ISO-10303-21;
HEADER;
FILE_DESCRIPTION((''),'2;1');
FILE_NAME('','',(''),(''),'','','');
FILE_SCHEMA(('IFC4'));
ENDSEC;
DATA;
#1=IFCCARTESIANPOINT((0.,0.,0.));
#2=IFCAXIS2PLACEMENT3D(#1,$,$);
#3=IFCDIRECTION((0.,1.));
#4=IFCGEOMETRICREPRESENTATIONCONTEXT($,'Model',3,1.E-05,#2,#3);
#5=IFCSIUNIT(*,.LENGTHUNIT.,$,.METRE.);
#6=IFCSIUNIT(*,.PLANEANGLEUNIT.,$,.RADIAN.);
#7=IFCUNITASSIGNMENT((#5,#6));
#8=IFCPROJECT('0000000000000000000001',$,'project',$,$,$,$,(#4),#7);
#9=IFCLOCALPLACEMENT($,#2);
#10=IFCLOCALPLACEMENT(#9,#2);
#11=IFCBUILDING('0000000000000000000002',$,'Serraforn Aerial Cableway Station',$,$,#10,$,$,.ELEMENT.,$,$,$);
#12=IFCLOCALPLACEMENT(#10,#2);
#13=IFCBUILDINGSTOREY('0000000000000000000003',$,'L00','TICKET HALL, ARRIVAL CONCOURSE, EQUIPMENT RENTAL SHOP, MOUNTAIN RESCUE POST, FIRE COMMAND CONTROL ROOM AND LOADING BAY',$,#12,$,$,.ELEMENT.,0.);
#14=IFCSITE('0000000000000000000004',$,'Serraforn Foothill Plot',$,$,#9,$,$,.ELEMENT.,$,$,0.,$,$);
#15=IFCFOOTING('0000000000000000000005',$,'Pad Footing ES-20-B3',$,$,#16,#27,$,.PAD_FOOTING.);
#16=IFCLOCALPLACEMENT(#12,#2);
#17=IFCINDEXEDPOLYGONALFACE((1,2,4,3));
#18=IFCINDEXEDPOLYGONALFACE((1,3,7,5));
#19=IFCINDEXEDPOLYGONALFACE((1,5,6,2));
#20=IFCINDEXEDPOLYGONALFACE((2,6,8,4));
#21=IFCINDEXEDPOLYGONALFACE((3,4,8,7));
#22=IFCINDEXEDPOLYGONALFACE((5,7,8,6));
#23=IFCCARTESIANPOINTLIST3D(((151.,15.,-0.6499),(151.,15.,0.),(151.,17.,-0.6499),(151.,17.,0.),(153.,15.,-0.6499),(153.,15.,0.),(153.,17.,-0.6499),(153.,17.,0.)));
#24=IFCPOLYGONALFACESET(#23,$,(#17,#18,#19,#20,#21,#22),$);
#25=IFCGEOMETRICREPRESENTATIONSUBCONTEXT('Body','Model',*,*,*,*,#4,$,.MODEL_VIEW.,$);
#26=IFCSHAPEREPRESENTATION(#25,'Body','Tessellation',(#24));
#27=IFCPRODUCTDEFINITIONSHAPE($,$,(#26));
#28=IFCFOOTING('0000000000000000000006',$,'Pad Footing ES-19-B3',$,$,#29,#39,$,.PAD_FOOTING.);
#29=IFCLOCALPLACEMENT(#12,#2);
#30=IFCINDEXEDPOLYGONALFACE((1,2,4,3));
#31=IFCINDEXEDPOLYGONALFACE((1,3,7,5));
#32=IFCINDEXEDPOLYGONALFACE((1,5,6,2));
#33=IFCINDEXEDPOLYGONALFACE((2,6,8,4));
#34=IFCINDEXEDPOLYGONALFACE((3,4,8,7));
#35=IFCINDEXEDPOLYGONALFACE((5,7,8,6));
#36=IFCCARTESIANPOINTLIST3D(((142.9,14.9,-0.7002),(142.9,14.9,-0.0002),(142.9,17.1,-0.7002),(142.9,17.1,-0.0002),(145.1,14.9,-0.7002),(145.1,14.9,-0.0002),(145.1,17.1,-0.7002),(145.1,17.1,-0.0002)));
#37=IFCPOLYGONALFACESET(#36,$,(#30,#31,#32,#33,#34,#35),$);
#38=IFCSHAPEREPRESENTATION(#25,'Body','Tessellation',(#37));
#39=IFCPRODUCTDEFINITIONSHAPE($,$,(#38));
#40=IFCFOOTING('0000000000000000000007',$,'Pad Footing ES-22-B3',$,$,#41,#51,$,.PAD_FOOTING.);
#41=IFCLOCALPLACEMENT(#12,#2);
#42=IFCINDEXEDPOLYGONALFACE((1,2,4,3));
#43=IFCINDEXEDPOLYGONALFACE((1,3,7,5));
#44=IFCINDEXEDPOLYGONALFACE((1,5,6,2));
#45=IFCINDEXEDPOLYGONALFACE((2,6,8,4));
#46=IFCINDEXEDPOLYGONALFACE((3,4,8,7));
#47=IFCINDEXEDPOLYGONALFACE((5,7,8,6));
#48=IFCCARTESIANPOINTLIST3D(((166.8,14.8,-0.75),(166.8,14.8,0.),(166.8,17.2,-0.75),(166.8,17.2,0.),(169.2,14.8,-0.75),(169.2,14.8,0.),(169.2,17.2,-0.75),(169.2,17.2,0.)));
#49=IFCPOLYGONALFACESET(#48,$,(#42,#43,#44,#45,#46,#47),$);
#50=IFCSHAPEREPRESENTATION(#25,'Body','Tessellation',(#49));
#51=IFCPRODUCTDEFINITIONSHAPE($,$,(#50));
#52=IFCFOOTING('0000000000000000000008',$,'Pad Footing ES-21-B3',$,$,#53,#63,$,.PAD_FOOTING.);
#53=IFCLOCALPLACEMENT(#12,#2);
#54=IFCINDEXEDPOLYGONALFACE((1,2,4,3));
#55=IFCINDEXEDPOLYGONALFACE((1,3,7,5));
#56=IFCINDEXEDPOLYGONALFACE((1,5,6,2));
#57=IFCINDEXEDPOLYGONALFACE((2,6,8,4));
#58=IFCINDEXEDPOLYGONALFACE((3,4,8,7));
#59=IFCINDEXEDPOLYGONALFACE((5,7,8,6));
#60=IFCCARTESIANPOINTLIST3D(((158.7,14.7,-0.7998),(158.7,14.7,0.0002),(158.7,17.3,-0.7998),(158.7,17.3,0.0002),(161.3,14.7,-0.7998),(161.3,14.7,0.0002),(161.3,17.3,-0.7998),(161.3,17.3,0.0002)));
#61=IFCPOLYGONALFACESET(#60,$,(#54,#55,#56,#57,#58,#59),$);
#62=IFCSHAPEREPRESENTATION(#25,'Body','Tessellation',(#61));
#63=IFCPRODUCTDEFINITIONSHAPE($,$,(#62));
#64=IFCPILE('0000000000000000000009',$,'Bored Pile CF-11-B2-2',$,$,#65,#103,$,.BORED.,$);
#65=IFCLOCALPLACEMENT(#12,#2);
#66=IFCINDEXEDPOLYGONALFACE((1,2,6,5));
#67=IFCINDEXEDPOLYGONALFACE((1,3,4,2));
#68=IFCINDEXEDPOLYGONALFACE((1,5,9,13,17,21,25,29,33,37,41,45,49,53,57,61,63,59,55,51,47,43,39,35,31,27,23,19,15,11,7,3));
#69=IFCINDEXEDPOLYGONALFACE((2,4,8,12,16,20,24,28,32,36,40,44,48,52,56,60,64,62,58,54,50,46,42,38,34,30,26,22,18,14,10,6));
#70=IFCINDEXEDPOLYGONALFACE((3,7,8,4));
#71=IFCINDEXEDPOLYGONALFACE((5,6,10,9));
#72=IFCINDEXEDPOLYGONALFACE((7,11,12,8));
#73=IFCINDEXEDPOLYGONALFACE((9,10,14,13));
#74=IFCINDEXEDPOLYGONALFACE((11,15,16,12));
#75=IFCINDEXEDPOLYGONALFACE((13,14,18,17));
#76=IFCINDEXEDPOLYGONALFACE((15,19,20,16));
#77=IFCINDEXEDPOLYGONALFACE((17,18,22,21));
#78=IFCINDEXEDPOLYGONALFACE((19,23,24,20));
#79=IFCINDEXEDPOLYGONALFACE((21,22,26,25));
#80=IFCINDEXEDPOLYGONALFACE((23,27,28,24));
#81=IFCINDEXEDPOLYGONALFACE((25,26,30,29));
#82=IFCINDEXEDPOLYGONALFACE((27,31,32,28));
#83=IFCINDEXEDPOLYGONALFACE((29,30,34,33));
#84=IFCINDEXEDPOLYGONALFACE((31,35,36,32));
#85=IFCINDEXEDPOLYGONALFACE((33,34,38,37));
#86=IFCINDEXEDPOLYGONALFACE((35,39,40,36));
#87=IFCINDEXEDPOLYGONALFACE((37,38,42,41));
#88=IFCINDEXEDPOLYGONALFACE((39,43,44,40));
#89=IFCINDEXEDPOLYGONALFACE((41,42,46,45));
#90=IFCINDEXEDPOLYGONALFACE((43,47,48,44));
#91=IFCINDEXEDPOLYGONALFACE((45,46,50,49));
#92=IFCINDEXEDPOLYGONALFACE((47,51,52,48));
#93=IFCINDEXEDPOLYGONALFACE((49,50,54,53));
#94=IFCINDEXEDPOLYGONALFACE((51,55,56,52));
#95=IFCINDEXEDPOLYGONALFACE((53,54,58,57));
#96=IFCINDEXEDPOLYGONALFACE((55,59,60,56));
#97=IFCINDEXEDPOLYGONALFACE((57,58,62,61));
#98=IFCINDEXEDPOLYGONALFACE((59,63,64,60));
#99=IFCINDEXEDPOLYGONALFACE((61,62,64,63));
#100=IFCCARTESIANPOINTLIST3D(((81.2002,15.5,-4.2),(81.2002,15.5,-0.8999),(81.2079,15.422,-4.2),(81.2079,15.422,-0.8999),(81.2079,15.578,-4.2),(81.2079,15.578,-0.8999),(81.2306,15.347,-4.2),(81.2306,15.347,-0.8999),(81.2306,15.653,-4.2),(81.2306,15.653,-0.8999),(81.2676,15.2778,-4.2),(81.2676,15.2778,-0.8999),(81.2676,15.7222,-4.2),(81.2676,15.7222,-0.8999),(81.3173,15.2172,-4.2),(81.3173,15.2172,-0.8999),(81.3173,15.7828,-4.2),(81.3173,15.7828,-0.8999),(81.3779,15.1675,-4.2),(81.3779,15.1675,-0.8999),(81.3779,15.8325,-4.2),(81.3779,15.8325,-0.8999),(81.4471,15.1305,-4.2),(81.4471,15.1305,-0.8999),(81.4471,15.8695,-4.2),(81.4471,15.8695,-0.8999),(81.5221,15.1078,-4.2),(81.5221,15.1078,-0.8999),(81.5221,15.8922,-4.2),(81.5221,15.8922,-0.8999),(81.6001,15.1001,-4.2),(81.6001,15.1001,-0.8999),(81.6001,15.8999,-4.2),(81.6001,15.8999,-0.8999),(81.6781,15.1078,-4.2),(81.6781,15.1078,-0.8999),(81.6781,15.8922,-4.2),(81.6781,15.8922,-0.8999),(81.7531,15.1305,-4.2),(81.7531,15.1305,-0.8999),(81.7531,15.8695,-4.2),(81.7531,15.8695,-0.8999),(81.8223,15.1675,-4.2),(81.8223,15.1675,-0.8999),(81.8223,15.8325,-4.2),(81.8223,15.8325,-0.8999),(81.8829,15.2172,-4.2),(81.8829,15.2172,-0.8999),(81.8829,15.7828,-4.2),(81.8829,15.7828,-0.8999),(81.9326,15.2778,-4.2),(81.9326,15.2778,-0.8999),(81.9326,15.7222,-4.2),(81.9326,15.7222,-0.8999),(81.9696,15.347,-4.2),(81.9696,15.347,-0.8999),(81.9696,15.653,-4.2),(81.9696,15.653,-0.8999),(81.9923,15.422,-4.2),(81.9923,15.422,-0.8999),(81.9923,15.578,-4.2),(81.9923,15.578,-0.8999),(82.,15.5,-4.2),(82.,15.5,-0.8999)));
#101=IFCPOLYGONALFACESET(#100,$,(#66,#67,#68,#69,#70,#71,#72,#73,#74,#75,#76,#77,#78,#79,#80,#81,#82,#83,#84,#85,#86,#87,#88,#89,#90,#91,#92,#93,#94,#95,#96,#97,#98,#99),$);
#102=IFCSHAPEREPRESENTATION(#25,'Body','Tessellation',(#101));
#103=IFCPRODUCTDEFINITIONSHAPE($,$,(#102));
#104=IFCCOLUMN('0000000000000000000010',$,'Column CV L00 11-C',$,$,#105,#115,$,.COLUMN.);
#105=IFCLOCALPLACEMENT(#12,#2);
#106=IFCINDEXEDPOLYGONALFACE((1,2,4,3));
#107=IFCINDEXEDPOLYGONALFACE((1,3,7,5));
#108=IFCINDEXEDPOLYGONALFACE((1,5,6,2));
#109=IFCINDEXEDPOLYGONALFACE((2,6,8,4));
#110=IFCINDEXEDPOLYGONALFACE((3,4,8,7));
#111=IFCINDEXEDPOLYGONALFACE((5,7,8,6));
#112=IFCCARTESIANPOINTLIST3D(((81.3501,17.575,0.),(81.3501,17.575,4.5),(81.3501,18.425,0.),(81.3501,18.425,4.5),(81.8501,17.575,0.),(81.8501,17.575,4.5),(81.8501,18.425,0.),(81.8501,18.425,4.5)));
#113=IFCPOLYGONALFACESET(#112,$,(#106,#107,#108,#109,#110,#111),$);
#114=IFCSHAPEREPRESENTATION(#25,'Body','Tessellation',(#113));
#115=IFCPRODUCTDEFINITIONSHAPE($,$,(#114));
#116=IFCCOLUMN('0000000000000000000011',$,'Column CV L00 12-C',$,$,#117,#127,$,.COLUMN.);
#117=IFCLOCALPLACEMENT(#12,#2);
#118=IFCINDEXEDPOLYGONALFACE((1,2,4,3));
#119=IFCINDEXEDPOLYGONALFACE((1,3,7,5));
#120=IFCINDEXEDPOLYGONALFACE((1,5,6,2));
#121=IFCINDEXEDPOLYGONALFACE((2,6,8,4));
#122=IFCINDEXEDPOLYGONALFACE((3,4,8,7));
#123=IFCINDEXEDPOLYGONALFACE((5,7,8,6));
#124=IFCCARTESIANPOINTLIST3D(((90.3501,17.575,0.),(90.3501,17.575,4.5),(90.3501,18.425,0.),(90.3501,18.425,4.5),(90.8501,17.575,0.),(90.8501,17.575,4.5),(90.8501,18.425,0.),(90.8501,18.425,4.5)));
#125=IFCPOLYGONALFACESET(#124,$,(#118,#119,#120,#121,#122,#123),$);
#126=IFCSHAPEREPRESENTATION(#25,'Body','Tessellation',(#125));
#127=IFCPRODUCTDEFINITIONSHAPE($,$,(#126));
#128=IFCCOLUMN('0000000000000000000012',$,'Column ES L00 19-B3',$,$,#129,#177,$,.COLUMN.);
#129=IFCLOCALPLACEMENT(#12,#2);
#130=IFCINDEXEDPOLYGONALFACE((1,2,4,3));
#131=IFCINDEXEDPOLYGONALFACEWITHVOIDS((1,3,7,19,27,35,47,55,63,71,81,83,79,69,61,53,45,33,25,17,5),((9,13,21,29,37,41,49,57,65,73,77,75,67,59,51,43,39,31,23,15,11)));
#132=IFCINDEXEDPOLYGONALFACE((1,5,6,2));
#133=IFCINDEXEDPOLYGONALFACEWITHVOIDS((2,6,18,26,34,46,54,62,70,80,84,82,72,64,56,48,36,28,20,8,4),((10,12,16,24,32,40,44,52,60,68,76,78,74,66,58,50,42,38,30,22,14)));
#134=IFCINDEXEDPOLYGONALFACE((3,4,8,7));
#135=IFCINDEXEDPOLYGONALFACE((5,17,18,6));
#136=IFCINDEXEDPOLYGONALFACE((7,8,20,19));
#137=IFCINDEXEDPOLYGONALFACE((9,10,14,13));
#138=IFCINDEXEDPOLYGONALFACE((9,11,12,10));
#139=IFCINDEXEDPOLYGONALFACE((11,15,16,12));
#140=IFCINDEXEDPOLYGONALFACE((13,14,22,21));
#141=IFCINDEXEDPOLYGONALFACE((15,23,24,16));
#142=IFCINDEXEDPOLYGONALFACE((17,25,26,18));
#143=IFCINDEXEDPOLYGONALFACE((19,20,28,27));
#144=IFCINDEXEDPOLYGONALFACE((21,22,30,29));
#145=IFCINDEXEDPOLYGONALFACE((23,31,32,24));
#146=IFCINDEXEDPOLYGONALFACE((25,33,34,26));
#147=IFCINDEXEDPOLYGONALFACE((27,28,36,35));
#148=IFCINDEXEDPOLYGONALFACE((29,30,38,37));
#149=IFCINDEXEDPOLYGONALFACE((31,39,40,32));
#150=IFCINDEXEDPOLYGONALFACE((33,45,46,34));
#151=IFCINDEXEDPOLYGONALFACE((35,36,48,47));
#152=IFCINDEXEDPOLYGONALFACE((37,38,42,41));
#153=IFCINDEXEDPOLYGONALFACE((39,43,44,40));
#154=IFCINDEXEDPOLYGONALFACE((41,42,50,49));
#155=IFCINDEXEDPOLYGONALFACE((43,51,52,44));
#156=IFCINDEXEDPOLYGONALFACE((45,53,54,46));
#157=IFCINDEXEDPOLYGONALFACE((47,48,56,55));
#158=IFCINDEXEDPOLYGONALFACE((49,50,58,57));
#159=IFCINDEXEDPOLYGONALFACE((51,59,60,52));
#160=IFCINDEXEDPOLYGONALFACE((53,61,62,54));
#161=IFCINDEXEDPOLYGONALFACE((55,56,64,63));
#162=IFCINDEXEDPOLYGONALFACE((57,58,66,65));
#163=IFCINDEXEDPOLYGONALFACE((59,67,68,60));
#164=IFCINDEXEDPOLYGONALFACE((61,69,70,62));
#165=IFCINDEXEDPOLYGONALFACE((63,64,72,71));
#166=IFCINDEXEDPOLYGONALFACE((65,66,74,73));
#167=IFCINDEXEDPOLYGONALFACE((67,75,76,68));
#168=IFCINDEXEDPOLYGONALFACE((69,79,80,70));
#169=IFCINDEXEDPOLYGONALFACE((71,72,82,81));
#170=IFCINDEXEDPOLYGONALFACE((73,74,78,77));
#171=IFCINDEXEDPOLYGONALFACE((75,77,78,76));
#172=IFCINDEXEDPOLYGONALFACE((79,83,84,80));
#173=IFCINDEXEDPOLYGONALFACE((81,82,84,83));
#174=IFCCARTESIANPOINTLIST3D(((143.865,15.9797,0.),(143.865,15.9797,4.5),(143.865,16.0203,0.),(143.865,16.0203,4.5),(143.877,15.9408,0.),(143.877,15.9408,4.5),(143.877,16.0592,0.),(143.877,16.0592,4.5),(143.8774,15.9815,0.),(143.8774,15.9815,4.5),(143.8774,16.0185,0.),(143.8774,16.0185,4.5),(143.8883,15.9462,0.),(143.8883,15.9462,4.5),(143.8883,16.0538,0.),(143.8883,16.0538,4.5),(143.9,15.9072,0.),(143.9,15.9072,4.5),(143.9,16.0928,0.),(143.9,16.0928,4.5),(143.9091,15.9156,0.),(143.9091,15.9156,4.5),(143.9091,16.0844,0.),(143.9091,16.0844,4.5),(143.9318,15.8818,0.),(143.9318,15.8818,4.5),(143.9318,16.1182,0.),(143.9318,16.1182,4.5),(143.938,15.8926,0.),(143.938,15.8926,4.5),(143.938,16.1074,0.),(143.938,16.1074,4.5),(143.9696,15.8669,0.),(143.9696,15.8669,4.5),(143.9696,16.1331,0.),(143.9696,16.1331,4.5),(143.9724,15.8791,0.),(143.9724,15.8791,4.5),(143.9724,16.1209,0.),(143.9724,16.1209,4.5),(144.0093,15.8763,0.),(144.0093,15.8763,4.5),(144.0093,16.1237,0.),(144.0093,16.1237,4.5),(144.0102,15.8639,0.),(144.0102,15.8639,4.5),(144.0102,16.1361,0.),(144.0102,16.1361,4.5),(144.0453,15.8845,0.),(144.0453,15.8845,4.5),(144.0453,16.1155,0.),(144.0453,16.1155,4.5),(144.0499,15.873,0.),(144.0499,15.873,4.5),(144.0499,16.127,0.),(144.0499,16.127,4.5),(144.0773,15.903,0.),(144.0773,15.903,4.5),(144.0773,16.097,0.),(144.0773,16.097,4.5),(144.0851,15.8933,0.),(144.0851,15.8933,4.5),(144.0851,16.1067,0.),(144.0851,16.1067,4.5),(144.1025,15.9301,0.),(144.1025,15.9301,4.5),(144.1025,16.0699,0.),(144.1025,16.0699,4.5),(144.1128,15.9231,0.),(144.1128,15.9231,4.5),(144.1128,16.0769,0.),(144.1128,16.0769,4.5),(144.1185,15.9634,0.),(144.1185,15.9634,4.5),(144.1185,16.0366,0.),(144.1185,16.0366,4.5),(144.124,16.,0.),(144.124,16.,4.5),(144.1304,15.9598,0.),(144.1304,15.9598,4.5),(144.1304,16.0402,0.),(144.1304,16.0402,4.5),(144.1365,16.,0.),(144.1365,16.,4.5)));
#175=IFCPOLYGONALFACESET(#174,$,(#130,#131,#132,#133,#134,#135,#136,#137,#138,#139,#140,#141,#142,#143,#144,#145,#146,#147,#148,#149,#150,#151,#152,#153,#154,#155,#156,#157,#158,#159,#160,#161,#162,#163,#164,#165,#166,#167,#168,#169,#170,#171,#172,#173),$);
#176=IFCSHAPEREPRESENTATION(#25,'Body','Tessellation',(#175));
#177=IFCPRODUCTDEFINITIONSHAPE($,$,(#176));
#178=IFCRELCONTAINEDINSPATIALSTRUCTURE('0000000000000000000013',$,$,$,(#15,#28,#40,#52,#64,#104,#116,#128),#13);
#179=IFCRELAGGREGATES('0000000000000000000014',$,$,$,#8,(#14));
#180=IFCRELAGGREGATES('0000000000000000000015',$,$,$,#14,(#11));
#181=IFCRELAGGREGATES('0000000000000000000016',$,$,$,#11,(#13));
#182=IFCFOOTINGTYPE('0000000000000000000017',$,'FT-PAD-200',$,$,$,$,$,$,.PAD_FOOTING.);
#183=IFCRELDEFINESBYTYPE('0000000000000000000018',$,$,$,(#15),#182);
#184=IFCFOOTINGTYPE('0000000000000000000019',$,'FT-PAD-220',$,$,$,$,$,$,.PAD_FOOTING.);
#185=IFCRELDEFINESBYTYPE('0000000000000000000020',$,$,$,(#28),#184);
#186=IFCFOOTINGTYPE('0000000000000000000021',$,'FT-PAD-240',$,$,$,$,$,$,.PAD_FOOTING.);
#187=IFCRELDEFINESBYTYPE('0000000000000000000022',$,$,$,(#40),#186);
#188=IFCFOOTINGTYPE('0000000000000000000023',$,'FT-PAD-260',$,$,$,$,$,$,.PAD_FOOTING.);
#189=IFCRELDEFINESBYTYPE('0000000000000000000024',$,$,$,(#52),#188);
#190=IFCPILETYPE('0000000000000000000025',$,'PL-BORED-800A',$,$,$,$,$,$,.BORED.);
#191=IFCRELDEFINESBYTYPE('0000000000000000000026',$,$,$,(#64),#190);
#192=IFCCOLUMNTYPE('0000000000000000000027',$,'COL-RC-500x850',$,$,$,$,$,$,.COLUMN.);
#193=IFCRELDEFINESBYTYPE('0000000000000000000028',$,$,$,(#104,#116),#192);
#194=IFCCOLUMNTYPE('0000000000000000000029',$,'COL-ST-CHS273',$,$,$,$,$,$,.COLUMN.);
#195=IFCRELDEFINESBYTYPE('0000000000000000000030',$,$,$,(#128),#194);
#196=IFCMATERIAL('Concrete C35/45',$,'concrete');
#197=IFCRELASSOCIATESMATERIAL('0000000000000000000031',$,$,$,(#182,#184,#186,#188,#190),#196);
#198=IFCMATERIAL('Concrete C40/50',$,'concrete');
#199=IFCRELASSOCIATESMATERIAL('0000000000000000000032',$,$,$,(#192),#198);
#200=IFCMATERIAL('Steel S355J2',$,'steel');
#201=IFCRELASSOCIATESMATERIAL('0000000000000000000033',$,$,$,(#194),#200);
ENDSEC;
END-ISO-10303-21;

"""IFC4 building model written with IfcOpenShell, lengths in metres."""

from ifc_helpers import new_model, si_unit, direction, frame, origin, origin_2d, place, context, subcontext, project, spatial, rectangle, circle, hollow_circle, extrude, material, material_profile, profile_set, type_object, element, save


model = new_model("IFC4")

# Units and contexts
model_context = context("Model", 3, precision=1e-05, world=origin(), true_north=direction((0.0, 1.0)))
body_context = subcontext(model_context, "Body", "Model", "MODEL_VIEW")
ifc_project = project(units=[si_unit("LENGTHUNIT", "METRE"), si_unit("PLANEANGLEUNIT", "RADIAN")], contexts=[model_context])

# Site, building, storey
site_placement = place(None, origin())
site = spatial("IfcSite", under=ifc_project, at=site_placement, Name="Serraforn Foothill Plot", CompositionType="ELEMENT", RefElevation=0.0)
building_placement = place(site_placement, origin())
building = spatial("IfcBuilding", under=site, at=building_placement, Name="Serraforn Aerial Cableway Station", CompositionType="ELEMENT")
storey_placement = place(building_placement, origin())
storey = spatial("IfcBuildingStorey", under=building, at=storey_placement, Name="L00", Description="TICKET HALL, ARRIVAL CONCOURSE, EQUIPMENT RENTAL SHOP, MOUNTAIN RESCUE POST, FIRE COMMAND CONTROL ROOM AND LOADING BAY", CompositionType="ELEMENT", Elevation=0.0)

# Footings
ifc_material_1 = material(Name="Concrete C35/45", Category="concrete")
footing_type_1 = type_object("IfcFootingType", Name="FT-PAD-200", PredefinedType="PAD_FOOTING", material=ifc_material_1)
footing_1_placement = place(storey_placement, frame((152.0, 16.0, -0.6499), z_axis=(0.0, 0.0, 1.0), x_axis=(1.0, 0.0, 0.0)))
element("IfcFooting", 1, at=footing_1_placement, inside=storey, type_object=footing_type_1, Name="Pad Footing ES-20-B3", PredefinedType="PAD_FOOTING", context=body_context, shape_type="SweptSolid", body=[
    extrude(rectangle(XDim=2.0, YDim=2.0, at=origin_2d()), origin(), (0.0, 0.0, 1.0), 0.6499),
])
footing_type_2 = type_object("IfcFootingType", Name="FT-PAD-220", PredefinedType="PAD_FOOTING", material=ifc_material_1)
footing_2_placement = place(storey_placement, frame((144.0, 16.0, -0.7002), z_axis=(0.0, 0.0, 1.0), x_axis=(1.0, 0.0, 0.0)))
element("IfcFooting", 2, at=footing_2_placement, inside=storey, type_object=footing_type_2, Name="Pad Footing ES-19-B3", PredefinedType="PAD_FOOTING", context=body_context, shape_type="SweptSolid", body=[
    extrude(rectangle(XDim=2.2, YDim=2.2, at=origin_2d()), origin(), (0.0, 0.0, 1.0), 0.7),
])
footing_type_3 = type_object("IfcFootingType", Name="FT-PAD-240", PredefinedType="PAD_FOOTING", material=ifc_material_1)
footing_3_placement = place(storey_placement, frame((168.0, 16.0, -0.75), z_axis=(0.0, 0.0, 1.0), x_axis=(1.0, 0.0, 0.0)))
element("IfcFooting", 3, at=footing_3_placement, inside=storey, type_object=footing_type_3, Name="Pad Footing ES-22-B3", PredefinedType="PAD_FOOTING", context=body_context, shape_type="SweptSolid", body=[
    extrude(rectangle(XDim=2.3999, YDim=2.3999, at=origin_2d()), origin(), (0.0, 0.0, 1.0), 0.75),
])
footing_type_4 = type_object("IfcFootingType", Name="FT-PAD-260", PredefinedType="PAD_FOOTING", material=ifc_material_1)
footing_4_placement = place(storey_placement, frame((160.0, 16.0, -0.7998), z_axis=(0.0, 0.0, 1.0), x_axis=(1.0, 0.0, 0.0)))
element("IfcFooting", 4, at=footing_4_placement, inside=storey, type_object=footing_type_4, Name="Pad Footing ES-21-B3", PredefinedType="PAD_FOOTING", context=body_context, shape_type="SweptSolid", body=[
    extrude(rectangle(XDim=2.6001, YDim=2.6001, at=origin_2d()), origin(), (0.0, 0.0, 1.0), 0.8),
])

# Pile
ifc_material_profile_1 = material_profile(ifc_material_1, circle(Radius=0.3999, at=origin_2d()), Name="BORED PILE D800")
ifc_profile_set_1 = profile_set([ifc_material_profile_1], Name="Concrete C35/45")
pile_type = type_object("IfcPileType", Name="PL-BORED-800A", PredefinedType="BORED", material=ifc_profile_set_1)
pile_placement = place(storey_placement, frame((81.6001, 15.5, -0.8999), z_axis=(0.0, 0.0, -1.0), x_axis=(1.0, 0.0, 0.0)))
element("IfcPile", 5, at=pile_placement, inside=storey, type_object=pile_type, Name="Bored Pile CF-11-B2-2", PredefinedType="BORED", context=body_context, shape_type="SweptSolid", body=[
    extrude(circle(Radius=0.3999, at=origin_2d()), origin(), (0.0, 0.0, 1.0), 3.3),
])

# Columns
ifc_material_2 = material(Name="Concrete C40/50", Category="concrete")
ifc_material_profile_2 = material_profile(ifc_material_2, rectangle(XDim=0.5, YDim=0.8501, at=origin_2d()), Name="RC 500x850")
ifc_profile_set_2 = profile_set([ifc_material_profile_2], Name="Concrete C40/50")
column_type_1 = type_object("IfcColumnType", Name="COL-RC-500x850", PredefinedType="COLUMN", material=ifc_profile_set_2)
for number, where, z_axis, x_axis, name in (
    (6, (81.6001, 18.0, 0.0), (0.0, 0.0, 1.0), (1.0, 0.0, 0.0), "Column CV L00 11-C"),
    (7, (90.6001, 18.0, 0.0), (0.0, 0.0, 1.0), (1.0, 0.0, 0.0), "Column CV L00 12-C"),
):
    element("IfcColumn", number, at=place(storey_placement, frame(where, z_axis=z_axis, x_axis=x_axis)), inside=storey, type_object=column_type_1, Name=name, PredefinedType="COLUMN", context=body_context, shape_type="SweptSolid", body=[
        extrude(rectangle(XDim=0.5, YDim=0.8501, at=origin_2d()), origin(), (0.0, 0.0, 1.0), 4.5),
    ])
ifc_material_3 = material(Name="Steel S355J2", Category="steel")
ifc_material_profile_3 = material_profile(ifc_material_3, hollow_circle(Radius=0.1365, WallThickness=0.0125, at=origin_2d()), Name="CHS 273.0x12.5")
ifc_profile_set_3 = profile_set([ifc_material_profile_3], Name="Steel S355J2")
column_type_2 = type_object("IfcColumnType", Name="COL-ST-CHS273", PredefinedType="COLUMN", material=ifc_profile_set_3)
for number, where, z_axis, x_axis, name in (
    (8, (144.0, 16.0, 0.0), (0.0, 0.0, 1.0), (1.0, 0.0, 0.0), "Column ES L00 19-B3"),
):
    element("IfcColumn", number, at=place(storey_placement, frame(where, z_axis=z_axis, x_axis=x_axis)), inside=storey, type_object=column_type_2, Name=name, PredefinedType="COLUMN", context=body_context, shape_type="SweptSolid", body=[
        extrude(hollow_circle(Radius=0.1365, WallThickness=0.0125, at=origin_2d()), origin(), (0.0, 0.0, 1.0), 4.5),
    ])

save(model, "model.ifc")
